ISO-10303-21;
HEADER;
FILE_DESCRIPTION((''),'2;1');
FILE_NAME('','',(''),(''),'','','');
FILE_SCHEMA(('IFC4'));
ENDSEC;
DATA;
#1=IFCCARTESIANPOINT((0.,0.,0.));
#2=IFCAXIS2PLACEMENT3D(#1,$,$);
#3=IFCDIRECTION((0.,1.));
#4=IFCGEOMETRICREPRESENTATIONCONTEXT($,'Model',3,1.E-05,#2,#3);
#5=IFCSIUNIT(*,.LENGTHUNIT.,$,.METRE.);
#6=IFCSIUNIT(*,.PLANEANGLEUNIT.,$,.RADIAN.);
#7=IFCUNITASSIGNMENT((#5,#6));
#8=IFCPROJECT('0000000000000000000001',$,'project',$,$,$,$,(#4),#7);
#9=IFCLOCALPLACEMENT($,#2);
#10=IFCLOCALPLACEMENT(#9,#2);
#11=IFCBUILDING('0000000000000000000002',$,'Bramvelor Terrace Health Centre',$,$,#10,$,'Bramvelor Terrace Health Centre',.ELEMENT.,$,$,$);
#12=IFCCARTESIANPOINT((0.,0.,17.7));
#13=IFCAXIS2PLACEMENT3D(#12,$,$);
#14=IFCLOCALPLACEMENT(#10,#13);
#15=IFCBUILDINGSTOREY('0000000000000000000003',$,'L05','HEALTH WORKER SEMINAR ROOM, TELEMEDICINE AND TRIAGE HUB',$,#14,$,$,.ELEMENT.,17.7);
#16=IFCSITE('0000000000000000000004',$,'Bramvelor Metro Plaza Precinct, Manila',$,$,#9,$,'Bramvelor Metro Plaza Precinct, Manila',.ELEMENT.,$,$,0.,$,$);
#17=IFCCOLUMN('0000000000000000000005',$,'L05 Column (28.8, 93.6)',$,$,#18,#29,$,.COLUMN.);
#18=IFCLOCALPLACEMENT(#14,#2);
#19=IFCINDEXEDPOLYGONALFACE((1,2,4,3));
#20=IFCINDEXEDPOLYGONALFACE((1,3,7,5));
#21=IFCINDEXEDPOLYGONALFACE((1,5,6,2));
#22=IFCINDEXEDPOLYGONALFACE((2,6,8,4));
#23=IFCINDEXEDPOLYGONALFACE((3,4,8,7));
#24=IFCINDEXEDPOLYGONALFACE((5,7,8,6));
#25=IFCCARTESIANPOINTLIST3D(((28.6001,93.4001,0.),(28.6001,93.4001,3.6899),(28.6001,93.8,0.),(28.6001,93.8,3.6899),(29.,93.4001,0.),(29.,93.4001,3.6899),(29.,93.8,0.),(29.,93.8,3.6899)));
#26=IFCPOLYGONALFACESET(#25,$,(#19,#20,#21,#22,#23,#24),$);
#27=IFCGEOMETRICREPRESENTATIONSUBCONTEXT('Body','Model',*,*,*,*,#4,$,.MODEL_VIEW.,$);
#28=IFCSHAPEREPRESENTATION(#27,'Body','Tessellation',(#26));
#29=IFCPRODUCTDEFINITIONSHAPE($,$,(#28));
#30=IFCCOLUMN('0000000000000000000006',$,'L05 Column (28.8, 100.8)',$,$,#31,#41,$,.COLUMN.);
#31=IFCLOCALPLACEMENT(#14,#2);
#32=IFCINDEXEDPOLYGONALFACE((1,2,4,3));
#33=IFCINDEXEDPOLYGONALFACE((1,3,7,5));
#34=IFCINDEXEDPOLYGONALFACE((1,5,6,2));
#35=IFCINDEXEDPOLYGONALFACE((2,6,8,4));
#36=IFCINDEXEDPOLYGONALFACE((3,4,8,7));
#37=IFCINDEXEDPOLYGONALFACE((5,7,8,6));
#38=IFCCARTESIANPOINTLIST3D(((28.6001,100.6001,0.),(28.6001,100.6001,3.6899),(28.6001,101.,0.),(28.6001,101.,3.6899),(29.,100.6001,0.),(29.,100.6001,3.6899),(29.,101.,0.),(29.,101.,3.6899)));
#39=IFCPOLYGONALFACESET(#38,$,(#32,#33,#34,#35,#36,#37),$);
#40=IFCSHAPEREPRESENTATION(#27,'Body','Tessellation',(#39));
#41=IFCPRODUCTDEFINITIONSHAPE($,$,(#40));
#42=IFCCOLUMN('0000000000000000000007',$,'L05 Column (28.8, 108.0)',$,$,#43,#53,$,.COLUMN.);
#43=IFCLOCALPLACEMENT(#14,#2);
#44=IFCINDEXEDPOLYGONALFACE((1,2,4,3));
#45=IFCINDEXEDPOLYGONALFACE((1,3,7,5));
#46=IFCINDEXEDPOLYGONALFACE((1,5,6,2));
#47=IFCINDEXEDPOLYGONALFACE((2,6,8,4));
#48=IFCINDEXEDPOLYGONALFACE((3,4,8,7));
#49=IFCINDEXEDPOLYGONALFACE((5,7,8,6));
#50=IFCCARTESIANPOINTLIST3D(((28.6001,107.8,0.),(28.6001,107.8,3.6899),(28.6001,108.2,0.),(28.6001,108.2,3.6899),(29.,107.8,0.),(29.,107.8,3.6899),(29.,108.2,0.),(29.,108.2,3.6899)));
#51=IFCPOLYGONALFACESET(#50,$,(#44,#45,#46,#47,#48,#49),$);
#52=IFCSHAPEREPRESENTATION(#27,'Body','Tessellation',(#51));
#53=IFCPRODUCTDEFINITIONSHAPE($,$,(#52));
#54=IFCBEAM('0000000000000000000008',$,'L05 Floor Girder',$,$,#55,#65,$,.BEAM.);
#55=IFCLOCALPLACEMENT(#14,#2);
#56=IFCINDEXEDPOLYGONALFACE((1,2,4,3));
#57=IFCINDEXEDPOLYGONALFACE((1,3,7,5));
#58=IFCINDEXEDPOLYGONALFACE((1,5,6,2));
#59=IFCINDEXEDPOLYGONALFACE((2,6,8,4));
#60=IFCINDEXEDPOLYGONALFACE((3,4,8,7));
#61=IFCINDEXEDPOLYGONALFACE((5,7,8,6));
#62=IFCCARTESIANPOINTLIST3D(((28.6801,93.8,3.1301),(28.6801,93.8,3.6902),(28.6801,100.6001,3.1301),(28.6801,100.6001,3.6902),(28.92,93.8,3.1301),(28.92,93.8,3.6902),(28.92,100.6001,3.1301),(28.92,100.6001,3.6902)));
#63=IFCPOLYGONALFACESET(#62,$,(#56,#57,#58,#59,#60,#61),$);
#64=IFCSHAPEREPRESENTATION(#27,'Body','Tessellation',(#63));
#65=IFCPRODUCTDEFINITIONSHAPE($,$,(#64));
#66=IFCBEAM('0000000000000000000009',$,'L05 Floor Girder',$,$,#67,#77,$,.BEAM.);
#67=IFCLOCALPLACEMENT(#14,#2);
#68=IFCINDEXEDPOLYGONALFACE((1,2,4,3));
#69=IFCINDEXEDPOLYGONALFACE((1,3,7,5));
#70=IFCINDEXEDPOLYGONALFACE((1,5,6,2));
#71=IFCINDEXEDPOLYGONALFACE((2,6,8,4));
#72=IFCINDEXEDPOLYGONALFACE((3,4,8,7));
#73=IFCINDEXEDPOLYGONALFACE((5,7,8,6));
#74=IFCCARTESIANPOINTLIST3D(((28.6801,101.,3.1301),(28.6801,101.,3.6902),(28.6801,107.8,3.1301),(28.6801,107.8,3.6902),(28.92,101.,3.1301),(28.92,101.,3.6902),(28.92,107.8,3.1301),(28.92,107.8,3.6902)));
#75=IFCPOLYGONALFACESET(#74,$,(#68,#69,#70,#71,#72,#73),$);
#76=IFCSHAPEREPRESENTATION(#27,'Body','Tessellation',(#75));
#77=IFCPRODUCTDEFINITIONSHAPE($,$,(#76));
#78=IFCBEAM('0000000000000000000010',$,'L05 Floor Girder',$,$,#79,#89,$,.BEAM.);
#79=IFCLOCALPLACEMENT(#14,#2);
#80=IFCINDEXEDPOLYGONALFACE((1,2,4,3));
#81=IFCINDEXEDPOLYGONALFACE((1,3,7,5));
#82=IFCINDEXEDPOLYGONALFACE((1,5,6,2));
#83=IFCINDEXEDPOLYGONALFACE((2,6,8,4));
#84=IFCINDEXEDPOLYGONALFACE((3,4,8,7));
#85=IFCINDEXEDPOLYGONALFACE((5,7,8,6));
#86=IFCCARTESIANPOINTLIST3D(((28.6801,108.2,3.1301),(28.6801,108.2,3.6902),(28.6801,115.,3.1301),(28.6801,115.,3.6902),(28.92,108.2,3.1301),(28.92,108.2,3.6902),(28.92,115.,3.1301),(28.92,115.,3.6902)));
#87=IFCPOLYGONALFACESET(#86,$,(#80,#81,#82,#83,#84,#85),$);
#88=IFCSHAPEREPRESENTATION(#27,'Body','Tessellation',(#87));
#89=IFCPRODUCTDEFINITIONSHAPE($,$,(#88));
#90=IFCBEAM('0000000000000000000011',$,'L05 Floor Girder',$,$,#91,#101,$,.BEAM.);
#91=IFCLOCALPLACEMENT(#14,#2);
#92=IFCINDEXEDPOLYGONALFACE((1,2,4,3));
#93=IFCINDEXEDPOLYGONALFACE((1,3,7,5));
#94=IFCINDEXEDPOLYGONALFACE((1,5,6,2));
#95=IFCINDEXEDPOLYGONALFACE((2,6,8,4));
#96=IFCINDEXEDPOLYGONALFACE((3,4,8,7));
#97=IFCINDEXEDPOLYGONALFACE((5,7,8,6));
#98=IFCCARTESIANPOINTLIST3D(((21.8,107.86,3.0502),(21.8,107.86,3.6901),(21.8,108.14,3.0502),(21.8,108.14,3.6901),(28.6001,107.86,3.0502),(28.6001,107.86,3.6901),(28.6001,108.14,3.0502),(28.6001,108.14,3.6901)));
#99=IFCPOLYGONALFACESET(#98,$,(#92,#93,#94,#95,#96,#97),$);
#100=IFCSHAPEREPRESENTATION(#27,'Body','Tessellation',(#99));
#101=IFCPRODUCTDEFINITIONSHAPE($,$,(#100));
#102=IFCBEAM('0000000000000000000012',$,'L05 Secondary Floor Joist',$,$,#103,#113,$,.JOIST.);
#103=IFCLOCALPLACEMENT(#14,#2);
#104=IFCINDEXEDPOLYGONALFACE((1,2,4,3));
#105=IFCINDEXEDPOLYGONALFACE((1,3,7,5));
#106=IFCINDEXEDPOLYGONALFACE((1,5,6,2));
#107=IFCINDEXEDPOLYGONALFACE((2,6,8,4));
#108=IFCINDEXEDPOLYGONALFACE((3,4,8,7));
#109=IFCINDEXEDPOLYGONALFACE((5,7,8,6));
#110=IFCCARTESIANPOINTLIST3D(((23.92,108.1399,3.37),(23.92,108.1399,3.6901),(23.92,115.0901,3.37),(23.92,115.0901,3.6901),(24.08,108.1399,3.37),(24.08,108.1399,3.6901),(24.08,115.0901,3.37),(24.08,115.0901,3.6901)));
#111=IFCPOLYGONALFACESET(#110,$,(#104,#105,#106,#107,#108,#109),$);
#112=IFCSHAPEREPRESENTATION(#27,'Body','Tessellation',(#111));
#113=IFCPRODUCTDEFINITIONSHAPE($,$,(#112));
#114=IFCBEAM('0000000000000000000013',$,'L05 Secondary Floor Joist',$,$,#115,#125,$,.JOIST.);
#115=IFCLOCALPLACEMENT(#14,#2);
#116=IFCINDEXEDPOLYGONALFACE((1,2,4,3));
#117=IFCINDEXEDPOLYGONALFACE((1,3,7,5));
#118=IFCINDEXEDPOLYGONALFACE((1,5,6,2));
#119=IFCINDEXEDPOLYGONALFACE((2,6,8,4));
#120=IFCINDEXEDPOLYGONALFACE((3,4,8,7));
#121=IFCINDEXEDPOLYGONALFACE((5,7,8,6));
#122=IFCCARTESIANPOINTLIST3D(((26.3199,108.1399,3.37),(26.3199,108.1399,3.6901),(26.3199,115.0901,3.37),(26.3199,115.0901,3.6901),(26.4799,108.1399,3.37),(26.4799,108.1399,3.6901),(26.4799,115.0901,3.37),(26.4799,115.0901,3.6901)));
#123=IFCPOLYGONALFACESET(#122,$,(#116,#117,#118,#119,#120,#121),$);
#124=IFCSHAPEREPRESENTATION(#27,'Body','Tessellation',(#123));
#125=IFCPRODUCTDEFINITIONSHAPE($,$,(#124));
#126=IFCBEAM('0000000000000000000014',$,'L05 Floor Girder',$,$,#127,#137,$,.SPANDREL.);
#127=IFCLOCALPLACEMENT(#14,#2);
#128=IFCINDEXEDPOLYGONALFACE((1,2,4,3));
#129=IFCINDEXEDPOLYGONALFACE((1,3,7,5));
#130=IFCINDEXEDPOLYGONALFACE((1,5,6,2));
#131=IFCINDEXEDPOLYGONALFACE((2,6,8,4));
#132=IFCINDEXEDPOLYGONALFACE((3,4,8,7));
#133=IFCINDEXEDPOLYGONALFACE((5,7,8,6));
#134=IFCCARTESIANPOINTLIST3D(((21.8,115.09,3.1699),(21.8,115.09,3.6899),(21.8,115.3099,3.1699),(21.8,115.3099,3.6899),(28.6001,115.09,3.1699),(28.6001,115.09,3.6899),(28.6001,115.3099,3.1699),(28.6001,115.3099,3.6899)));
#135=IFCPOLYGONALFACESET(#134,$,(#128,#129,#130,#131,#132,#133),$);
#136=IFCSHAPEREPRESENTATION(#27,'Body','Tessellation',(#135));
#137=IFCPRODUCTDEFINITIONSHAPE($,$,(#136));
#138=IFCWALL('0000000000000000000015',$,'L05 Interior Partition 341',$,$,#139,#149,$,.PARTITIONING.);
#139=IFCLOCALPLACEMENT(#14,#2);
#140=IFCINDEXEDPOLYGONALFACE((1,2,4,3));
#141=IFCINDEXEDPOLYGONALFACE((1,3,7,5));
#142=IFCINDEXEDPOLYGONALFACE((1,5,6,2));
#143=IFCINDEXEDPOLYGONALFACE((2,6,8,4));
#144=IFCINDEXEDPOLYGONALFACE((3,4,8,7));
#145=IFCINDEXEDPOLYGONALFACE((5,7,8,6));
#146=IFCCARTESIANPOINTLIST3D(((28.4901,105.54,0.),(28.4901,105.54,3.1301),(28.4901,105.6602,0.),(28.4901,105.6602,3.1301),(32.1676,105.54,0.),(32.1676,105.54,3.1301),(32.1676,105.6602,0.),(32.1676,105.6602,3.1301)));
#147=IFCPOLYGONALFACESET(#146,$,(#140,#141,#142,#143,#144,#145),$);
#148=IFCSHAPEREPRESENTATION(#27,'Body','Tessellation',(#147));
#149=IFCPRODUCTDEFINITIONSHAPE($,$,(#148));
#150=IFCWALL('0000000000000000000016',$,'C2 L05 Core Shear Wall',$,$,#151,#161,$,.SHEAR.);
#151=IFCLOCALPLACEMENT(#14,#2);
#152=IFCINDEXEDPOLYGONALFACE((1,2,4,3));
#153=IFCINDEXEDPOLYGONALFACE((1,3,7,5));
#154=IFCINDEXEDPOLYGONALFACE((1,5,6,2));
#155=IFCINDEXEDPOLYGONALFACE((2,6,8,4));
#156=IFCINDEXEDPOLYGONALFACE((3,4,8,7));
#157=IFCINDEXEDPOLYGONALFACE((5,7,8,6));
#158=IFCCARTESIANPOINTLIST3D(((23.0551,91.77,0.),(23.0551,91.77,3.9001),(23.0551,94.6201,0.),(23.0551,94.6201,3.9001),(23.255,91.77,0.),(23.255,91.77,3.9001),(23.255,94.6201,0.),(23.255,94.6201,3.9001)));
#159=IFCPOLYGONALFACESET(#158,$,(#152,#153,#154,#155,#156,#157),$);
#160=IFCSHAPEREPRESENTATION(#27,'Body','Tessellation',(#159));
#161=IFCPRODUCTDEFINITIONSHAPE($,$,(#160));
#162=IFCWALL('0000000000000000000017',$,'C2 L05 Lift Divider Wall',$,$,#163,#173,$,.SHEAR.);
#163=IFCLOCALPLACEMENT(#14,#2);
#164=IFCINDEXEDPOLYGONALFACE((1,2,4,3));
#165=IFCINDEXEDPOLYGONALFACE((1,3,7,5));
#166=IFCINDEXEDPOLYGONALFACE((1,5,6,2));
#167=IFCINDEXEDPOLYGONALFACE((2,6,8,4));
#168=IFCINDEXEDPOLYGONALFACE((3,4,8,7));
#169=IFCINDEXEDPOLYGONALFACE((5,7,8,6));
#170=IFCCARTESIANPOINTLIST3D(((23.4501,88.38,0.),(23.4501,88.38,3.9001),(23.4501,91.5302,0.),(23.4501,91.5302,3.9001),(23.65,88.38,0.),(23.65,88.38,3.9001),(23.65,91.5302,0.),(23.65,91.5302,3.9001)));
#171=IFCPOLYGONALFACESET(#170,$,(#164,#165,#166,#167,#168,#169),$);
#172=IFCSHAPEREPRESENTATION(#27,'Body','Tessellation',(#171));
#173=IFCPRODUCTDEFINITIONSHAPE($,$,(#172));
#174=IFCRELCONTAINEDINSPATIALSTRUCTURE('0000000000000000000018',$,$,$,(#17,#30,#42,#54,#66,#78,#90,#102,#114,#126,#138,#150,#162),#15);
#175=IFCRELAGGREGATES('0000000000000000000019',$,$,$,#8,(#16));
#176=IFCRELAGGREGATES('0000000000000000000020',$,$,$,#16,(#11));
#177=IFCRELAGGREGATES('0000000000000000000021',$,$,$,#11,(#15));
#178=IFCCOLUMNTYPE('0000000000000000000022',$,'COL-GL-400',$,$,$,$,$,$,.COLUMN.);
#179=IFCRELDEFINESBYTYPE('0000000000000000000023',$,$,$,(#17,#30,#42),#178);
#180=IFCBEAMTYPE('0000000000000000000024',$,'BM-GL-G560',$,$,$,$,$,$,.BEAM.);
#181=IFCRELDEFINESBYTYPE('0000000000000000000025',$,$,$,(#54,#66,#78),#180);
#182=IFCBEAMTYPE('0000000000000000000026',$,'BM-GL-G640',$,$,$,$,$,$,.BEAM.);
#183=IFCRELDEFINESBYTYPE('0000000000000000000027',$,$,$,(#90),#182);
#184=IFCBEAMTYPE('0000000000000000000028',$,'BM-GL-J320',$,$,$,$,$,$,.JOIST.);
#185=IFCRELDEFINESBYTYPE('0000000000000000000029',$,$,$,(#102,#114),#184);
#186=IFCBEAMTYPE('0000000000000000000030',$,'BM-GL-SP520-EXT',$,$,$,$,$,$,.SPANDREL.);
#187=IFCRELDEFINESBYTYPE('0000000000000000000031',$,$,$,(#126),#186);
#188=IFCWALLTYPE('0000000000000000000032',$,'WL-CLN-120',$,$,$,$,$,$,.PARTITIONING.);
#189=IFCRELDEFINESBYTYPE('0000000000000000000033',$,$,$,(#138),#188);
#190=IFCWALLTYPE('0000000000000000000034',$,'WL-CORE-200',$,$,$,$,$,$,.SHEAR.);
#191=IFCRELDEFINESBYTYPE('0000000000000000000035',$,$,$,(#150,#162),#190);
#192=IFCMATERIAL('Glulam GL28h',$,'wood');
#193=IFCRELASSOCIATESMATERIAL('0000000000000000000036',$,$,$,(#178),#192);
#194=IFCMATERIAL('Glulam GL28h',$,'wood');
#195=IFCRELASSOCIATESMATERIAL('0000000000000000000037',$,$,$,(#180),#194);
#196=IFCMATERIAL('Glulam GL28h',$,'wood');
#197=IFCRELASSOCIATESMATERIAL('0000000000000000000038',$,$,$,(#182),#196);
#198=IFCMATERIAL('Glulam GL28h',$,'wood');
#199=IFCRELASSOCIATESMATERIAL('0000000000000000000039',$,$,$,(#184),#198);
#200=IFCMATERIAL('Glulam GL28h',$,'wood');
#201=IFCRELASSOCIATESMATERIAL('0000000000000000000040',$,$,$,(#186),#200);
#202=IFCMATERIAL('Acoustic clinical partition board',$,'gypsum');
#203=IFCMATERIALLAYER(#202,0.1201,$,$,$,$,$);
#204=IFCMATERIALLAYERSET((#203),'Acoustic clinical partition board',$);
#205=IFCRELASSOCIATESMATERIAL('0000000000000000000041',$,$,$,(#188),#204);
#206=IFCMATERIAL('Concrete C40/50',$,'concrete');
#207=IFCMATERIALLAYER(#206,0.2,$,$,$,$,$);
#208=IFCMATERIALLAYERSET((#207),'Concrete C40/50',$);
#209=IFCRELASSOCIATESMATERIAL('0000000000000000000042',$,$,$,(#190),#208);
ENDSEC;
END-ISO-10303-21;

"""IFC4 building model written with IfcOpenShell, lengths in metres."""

from ifc_helpers import new_model, si_unit, direction, frame, frame_2d, origin, origin_2d, place, context, subcontext, project, spatial, rectangle, extrude, material, layer, layer_set, material_profile, profile_set, type_object, element, save


model = new_model("IFC4")

# Units and contexts
model_context = context("Model", 3, precision=1e-05, world=origin(), true_north=direction((0.0, 1.0)))
body_context = subcontext(model_context, "Body", "Model", "MODEL_VIEW")
ifc_project = project(units=[si_unit("LENGTHUNIT", "METRE"), si_unit("PLANEANGLEUNIT", "RADIAN")], contexts=[model_context])

# Site, building, storey
site_placement = place(None, origin())
site = spatial("IfcSite", under=ifc_project, at=site_placement, Name="Bramvelor Metro Plaza Precinct, Manila", LongName="Bramvelor Metro Plaza Precinct, Manila", CompositionType="ELEMENT", RefElevation=0.0)
building_placement = place(site_placement, origin())
building = spatial("IfcBuilding", under=site, at=building_placement, Name="Bramvelor Terrace Health Centre", LongName="Bramvelor Terrace Health Centre", CompositionType="ELEMENT")
storey_placement = place(building_placement, frame((0.0, 0.0, 17.7)))
storey = spatial("IfcBuildingStorey", under=building, at=storey_placement, Name="L05", Description="HEALTH WORKER SEMINAR ROOM, TELEMEDICINE AND TRIAGE HUB", CompositionType="ELEMENT", Elevation=17.7)

# Columns
ifc_material_1 = material(Name="Glulam GL28h", Category="wood")
ifc_material_profile_1 = material_profile(ifc_material_1, rectangle(XDim=0.3999, YDim=0.3999, at=origin_2d()), Name="GL 400x400")
ifc_profile_set_1 = profile_set([ifc_material_profile_1], Name="Glulam GL28h")
column_type = type_object("IfcColumnType", Name="COL-GL-400", PredefinedType="COLUMN", material=ifc_profile_set_1)
for number, where, z_axis, x_axis, name in (
    (1, (28.8, 93.6001, 0.0), (0.0, 0.0, 1.0), (1.0, 0.0, 0.0), "L05 Column (28.8, 93.6)"),
    (2, (28.8, 100.8, 0.0), (0.0, 0.0, 1.0), (1.0, 0.0, 0.0), "L05 Column (28.8, 100.8)"),
    (3, (28.8, 108.0, 0.0), (0.0, 0.0, 1.0), (1.0, 0.0, 0.0), "L05 Column (28.8, 108.0)"),
):
    element("IfcColumn", number, at=place(storey_placement, frame(where, z_axis=z_axis, x_axis=x_axis)), inside=storey, type_object=column_type, Name=name, PredefinedType="COLUMN", context=body_context, shape_type="SweptSolid", body=[
        extrude(rectangle(XDim=0.3999, YDim=0.3999, at=origin_2d()), origin(), (0.0, 0.0, 1.0), 3.6899),
    ])

# Beams
ifc_material_2 = material(Name="Glulam GL28h", Category="wood")
ifc_material_profile_2 = material_profile(ifc_material_2, rectangle(XDim=0.24, YDim=0.5601, at=origin_2d()), Name="GL 240x560")
ifc_profile_set_2 = profile_set([ifc_material_profile_2], Name="Glulam GL28h")
beam_type_1 = type_object("IfcBeamType", Name="BM-GL-G560", PredefinedType="BEAM", material=ifc_profile_set_2)
for number, where, z_axis, x_axis, name in (
    (4, (28.8, 93.8, 3.4102), (0.0, 1.0, 0.0), (-1.0, 0.0, 0.0), "L05 Floor Girder"),
    (5, (28.8, 101.0, 3.4102), (0.0, 1.0, 0.0), (-1.0, 0.0, 0.0), "L05 Floor Girder"),
    (6, (28.8, 108.2, 3.4102), (0.0, 1.0, 0.0), (-1.0, 0.0, 0.0), "L05 Floor Girder"),
):
    element("IfcBeam", number, at=place(storey_placement, frame(where, z_axis=z_axis, x_axis=x_axis)), inside=storey, type_object=beam_type_1, Name=name, PredefinedType="BEAM", context=body_context, shape_type="SweptSolid", body=[
        extrude(rectangle(XDim=0.24, YDim=0.5601, at=origin_2d()), origin(), (0.0, 0.0, 1.0), 6.8),
    ])
ifc_material_3 = material(Name="Glulam GL28h", Category="wood")
ifc_material_profile_3 = material_profile(ifc_material_3, rectangle(XDim=0.28, YDim=0.6399, at=origin_2d()), Name="GL 280x640")
ifc_profile_set_3 = profile_set([ifc_material_profile_3], Name="Glulam GL28h")
beam_type_2 = type_object("IfcBeamType", Name="BM-GL-G640", PredefinedType="BEAM", material=ifc_profile_set_3)
beam_1_placement = place(storey_placement, frame((21.8, 108.0, 3.3701), z_axis=(1.0, 0.0, 0.0), x_axis=(0.0, 1.0, 0.0)))
element("IfcBeam", 7, at=beam_1_placement, inside=storey, type_object=beam_type_2, Name="L05 Floor Girder", PredefinedType="BEAM", context=body_context, shape_type="SweptSolid", body=[
    extrude(rectangle(XDim=0.28, YDim=0.6399, at=origin_2d()), origin(), (0.0, 0.0, 1.0), 6.8),
])
ifc_material_4 = material(Name="Glulam GL28h", Category="wood")
ifc_material_profile_4 = material_profile(ifc_material_4, rectangle(XDim=0.1599, YDim=0.3201, at=origin_2d()), Name="GL 160x320")
ifc_profile_set_4 = profile_set([ifc_material_profile_4], Name="Glulam GL28h")
beam_type_3 = type_object("IfcBeamType", Name="BM-GL-J320", PredefinedType="JOIST", material=ifc_profile_set_4)
for number, where, z_axis, x_axis, name in (
    (8, (24.0, 108.1399, 3.53), (0.0, 1.0, 0.0), (-1.0, 0.0, 0.0), "L05 Secondary Floor Joist"),
    (9, (26.3999, 108.1399, 3.53), (0.0, 1.0, 0.0), (-1.0, 0.0, 0.0), "L05 Secondary Floor Joist"),
):
    element("IfcBeam", number, at=place(storey_placement, frame(where, z_axis=z_axis, x_axis=x_axis)), inside=storey, type_object=beam_type_3, Name=name, PredefinedType="JOIST", context=body_context, shape_type="SweptSolid", body=[
        extrude(rectangle(XDim=0.1599, YDim=0.3201, at=origin_2d()), origin(), (0.0, 0.0, 1.0), 6.9502),
    ])
ifc_material_5 = material(Name="Glulam GL28h", Category="wood")
ifc_material_profile_5 = material_profile(ifc_material_5, rectangle(XDim=0.22, YDim=0.52, at=origin_2d()), Name="GL 220x520")
ifc_profile_set_5 = profile_set([ifc_material_profile_5], Name="Glulam GL28h")
beam_type_4 = type_object("IfcBeamType", Name="BM-GL-SP520-EXT", PredefinedType="SPANDREL", material=ifc_profile_set_5)
beam_2_placement = place(storey_placement, frame((21.8, 115.2, 3.4299), z_axis=(1.0, 0.0, 0.0), x_axis=(0.0, 1.0, 0.0)))
element("IfcBeam", 10, at=beam_2_placement, inside=storey, type_object=beam_type_4, Name="L05 Floor Girder", PredefinedType="SPANDREL", context=body_context, shape_type="SweptSolid", body=[
    extrude(rectangle(XDim=0.22, YDim=0.52, at=origin_2d()), origin(), (0.0, 0.0, 1.0), 6.8),
])

# Walls
ifc_material_6 = material(Name="Acoustic clinical partition board", Category="gypsum")
ifc_layer_1 = layer(ifc_material_6, 0.1201)
ifc_layer_set_1 = layer_set([ifc_layer_1], Name="Acoustic clinical partition board")
wall_type_1 = type_object("IfcWallType", Name="WL-CLN-120", PredefinedType="PARTITIONING", material=ifc_layer_set_1)
wall_1_placement = place(storey_placement, frame((28.49, 105.6001, 0.0), z_axis=(0.0, 0.0, 1.0), x_axis=(1.0, 0.0, 0.0)))
element("IfcWall", 11, at=wall_1_placement, inside=storey, type_object=wall_type_1, Name="L05 Interior Partition 341", PredefinedType="PARTITIONING", context=body_context, shape_type="SweptSolid", body=[
    extrude(rectangle(XDim=3.6775, YDim=0.1201, at=frame_2d((1.8389, 0.0))), origin(), (0.0, 0.0, 1.0), 3.1301),
])
ifc_material_7 = material(Name="Concrete C40/50", Category="concrete")
ifc_layer_2 = layer(ifc_material_7, 0.2)
ifc_layer_set_2 = layer_set([ifc_layer_2], Name="Concrete C40/50")
wall_type_2 = type_object("IfcWallType", Name="WL-CORE-200", PredefinedType="SHEAR", material=ifc_layer_set_2)
wall_2_placement = place(storey_placement, frame((23.155, 91.77, 0.0), z_axis=(0.0, 0.0, 1.0), x_axis=(0.0, 1.0, 0.0)))
element("IfcWall", 12, at=wall_2_placement, inside=storey, type_object=wall_type_2, Name="C2 L05 Core Shear Wall", PredefinedType="SHEAR", context=body_context, shape_type="SweptSolid", body=[
    extrude(rectangle(XDim=2.8501, YDim=0.2, at=frame_2d((1.425, 0.0))), origin(), (0.0, 0.0, 1.0), 3.9001),
])
wall_3_placement = place(storey_placement, frame((23.55, 88.3799, 0.0), z_axis=(0.0, 0.0, 1.0), x_axis=(0.0, 1.0, 0.0)))
element("IfcWall", 13, at=wall_3_placement, inside=storey, type_object=wall_type_2, Name="C2 L05 Lift Divider Wall", PredefinedType="SHEAR", context=body_context, shape_type="SweptSolid", body=[
    extrude(rectangle(XDim=3.1501, YDim=0.2, at=frame_2d((1.5752, 0.0))), origin(), (0.0, 0.0, 1.0), 3.9001),
])

save(model, "model.ifc")
